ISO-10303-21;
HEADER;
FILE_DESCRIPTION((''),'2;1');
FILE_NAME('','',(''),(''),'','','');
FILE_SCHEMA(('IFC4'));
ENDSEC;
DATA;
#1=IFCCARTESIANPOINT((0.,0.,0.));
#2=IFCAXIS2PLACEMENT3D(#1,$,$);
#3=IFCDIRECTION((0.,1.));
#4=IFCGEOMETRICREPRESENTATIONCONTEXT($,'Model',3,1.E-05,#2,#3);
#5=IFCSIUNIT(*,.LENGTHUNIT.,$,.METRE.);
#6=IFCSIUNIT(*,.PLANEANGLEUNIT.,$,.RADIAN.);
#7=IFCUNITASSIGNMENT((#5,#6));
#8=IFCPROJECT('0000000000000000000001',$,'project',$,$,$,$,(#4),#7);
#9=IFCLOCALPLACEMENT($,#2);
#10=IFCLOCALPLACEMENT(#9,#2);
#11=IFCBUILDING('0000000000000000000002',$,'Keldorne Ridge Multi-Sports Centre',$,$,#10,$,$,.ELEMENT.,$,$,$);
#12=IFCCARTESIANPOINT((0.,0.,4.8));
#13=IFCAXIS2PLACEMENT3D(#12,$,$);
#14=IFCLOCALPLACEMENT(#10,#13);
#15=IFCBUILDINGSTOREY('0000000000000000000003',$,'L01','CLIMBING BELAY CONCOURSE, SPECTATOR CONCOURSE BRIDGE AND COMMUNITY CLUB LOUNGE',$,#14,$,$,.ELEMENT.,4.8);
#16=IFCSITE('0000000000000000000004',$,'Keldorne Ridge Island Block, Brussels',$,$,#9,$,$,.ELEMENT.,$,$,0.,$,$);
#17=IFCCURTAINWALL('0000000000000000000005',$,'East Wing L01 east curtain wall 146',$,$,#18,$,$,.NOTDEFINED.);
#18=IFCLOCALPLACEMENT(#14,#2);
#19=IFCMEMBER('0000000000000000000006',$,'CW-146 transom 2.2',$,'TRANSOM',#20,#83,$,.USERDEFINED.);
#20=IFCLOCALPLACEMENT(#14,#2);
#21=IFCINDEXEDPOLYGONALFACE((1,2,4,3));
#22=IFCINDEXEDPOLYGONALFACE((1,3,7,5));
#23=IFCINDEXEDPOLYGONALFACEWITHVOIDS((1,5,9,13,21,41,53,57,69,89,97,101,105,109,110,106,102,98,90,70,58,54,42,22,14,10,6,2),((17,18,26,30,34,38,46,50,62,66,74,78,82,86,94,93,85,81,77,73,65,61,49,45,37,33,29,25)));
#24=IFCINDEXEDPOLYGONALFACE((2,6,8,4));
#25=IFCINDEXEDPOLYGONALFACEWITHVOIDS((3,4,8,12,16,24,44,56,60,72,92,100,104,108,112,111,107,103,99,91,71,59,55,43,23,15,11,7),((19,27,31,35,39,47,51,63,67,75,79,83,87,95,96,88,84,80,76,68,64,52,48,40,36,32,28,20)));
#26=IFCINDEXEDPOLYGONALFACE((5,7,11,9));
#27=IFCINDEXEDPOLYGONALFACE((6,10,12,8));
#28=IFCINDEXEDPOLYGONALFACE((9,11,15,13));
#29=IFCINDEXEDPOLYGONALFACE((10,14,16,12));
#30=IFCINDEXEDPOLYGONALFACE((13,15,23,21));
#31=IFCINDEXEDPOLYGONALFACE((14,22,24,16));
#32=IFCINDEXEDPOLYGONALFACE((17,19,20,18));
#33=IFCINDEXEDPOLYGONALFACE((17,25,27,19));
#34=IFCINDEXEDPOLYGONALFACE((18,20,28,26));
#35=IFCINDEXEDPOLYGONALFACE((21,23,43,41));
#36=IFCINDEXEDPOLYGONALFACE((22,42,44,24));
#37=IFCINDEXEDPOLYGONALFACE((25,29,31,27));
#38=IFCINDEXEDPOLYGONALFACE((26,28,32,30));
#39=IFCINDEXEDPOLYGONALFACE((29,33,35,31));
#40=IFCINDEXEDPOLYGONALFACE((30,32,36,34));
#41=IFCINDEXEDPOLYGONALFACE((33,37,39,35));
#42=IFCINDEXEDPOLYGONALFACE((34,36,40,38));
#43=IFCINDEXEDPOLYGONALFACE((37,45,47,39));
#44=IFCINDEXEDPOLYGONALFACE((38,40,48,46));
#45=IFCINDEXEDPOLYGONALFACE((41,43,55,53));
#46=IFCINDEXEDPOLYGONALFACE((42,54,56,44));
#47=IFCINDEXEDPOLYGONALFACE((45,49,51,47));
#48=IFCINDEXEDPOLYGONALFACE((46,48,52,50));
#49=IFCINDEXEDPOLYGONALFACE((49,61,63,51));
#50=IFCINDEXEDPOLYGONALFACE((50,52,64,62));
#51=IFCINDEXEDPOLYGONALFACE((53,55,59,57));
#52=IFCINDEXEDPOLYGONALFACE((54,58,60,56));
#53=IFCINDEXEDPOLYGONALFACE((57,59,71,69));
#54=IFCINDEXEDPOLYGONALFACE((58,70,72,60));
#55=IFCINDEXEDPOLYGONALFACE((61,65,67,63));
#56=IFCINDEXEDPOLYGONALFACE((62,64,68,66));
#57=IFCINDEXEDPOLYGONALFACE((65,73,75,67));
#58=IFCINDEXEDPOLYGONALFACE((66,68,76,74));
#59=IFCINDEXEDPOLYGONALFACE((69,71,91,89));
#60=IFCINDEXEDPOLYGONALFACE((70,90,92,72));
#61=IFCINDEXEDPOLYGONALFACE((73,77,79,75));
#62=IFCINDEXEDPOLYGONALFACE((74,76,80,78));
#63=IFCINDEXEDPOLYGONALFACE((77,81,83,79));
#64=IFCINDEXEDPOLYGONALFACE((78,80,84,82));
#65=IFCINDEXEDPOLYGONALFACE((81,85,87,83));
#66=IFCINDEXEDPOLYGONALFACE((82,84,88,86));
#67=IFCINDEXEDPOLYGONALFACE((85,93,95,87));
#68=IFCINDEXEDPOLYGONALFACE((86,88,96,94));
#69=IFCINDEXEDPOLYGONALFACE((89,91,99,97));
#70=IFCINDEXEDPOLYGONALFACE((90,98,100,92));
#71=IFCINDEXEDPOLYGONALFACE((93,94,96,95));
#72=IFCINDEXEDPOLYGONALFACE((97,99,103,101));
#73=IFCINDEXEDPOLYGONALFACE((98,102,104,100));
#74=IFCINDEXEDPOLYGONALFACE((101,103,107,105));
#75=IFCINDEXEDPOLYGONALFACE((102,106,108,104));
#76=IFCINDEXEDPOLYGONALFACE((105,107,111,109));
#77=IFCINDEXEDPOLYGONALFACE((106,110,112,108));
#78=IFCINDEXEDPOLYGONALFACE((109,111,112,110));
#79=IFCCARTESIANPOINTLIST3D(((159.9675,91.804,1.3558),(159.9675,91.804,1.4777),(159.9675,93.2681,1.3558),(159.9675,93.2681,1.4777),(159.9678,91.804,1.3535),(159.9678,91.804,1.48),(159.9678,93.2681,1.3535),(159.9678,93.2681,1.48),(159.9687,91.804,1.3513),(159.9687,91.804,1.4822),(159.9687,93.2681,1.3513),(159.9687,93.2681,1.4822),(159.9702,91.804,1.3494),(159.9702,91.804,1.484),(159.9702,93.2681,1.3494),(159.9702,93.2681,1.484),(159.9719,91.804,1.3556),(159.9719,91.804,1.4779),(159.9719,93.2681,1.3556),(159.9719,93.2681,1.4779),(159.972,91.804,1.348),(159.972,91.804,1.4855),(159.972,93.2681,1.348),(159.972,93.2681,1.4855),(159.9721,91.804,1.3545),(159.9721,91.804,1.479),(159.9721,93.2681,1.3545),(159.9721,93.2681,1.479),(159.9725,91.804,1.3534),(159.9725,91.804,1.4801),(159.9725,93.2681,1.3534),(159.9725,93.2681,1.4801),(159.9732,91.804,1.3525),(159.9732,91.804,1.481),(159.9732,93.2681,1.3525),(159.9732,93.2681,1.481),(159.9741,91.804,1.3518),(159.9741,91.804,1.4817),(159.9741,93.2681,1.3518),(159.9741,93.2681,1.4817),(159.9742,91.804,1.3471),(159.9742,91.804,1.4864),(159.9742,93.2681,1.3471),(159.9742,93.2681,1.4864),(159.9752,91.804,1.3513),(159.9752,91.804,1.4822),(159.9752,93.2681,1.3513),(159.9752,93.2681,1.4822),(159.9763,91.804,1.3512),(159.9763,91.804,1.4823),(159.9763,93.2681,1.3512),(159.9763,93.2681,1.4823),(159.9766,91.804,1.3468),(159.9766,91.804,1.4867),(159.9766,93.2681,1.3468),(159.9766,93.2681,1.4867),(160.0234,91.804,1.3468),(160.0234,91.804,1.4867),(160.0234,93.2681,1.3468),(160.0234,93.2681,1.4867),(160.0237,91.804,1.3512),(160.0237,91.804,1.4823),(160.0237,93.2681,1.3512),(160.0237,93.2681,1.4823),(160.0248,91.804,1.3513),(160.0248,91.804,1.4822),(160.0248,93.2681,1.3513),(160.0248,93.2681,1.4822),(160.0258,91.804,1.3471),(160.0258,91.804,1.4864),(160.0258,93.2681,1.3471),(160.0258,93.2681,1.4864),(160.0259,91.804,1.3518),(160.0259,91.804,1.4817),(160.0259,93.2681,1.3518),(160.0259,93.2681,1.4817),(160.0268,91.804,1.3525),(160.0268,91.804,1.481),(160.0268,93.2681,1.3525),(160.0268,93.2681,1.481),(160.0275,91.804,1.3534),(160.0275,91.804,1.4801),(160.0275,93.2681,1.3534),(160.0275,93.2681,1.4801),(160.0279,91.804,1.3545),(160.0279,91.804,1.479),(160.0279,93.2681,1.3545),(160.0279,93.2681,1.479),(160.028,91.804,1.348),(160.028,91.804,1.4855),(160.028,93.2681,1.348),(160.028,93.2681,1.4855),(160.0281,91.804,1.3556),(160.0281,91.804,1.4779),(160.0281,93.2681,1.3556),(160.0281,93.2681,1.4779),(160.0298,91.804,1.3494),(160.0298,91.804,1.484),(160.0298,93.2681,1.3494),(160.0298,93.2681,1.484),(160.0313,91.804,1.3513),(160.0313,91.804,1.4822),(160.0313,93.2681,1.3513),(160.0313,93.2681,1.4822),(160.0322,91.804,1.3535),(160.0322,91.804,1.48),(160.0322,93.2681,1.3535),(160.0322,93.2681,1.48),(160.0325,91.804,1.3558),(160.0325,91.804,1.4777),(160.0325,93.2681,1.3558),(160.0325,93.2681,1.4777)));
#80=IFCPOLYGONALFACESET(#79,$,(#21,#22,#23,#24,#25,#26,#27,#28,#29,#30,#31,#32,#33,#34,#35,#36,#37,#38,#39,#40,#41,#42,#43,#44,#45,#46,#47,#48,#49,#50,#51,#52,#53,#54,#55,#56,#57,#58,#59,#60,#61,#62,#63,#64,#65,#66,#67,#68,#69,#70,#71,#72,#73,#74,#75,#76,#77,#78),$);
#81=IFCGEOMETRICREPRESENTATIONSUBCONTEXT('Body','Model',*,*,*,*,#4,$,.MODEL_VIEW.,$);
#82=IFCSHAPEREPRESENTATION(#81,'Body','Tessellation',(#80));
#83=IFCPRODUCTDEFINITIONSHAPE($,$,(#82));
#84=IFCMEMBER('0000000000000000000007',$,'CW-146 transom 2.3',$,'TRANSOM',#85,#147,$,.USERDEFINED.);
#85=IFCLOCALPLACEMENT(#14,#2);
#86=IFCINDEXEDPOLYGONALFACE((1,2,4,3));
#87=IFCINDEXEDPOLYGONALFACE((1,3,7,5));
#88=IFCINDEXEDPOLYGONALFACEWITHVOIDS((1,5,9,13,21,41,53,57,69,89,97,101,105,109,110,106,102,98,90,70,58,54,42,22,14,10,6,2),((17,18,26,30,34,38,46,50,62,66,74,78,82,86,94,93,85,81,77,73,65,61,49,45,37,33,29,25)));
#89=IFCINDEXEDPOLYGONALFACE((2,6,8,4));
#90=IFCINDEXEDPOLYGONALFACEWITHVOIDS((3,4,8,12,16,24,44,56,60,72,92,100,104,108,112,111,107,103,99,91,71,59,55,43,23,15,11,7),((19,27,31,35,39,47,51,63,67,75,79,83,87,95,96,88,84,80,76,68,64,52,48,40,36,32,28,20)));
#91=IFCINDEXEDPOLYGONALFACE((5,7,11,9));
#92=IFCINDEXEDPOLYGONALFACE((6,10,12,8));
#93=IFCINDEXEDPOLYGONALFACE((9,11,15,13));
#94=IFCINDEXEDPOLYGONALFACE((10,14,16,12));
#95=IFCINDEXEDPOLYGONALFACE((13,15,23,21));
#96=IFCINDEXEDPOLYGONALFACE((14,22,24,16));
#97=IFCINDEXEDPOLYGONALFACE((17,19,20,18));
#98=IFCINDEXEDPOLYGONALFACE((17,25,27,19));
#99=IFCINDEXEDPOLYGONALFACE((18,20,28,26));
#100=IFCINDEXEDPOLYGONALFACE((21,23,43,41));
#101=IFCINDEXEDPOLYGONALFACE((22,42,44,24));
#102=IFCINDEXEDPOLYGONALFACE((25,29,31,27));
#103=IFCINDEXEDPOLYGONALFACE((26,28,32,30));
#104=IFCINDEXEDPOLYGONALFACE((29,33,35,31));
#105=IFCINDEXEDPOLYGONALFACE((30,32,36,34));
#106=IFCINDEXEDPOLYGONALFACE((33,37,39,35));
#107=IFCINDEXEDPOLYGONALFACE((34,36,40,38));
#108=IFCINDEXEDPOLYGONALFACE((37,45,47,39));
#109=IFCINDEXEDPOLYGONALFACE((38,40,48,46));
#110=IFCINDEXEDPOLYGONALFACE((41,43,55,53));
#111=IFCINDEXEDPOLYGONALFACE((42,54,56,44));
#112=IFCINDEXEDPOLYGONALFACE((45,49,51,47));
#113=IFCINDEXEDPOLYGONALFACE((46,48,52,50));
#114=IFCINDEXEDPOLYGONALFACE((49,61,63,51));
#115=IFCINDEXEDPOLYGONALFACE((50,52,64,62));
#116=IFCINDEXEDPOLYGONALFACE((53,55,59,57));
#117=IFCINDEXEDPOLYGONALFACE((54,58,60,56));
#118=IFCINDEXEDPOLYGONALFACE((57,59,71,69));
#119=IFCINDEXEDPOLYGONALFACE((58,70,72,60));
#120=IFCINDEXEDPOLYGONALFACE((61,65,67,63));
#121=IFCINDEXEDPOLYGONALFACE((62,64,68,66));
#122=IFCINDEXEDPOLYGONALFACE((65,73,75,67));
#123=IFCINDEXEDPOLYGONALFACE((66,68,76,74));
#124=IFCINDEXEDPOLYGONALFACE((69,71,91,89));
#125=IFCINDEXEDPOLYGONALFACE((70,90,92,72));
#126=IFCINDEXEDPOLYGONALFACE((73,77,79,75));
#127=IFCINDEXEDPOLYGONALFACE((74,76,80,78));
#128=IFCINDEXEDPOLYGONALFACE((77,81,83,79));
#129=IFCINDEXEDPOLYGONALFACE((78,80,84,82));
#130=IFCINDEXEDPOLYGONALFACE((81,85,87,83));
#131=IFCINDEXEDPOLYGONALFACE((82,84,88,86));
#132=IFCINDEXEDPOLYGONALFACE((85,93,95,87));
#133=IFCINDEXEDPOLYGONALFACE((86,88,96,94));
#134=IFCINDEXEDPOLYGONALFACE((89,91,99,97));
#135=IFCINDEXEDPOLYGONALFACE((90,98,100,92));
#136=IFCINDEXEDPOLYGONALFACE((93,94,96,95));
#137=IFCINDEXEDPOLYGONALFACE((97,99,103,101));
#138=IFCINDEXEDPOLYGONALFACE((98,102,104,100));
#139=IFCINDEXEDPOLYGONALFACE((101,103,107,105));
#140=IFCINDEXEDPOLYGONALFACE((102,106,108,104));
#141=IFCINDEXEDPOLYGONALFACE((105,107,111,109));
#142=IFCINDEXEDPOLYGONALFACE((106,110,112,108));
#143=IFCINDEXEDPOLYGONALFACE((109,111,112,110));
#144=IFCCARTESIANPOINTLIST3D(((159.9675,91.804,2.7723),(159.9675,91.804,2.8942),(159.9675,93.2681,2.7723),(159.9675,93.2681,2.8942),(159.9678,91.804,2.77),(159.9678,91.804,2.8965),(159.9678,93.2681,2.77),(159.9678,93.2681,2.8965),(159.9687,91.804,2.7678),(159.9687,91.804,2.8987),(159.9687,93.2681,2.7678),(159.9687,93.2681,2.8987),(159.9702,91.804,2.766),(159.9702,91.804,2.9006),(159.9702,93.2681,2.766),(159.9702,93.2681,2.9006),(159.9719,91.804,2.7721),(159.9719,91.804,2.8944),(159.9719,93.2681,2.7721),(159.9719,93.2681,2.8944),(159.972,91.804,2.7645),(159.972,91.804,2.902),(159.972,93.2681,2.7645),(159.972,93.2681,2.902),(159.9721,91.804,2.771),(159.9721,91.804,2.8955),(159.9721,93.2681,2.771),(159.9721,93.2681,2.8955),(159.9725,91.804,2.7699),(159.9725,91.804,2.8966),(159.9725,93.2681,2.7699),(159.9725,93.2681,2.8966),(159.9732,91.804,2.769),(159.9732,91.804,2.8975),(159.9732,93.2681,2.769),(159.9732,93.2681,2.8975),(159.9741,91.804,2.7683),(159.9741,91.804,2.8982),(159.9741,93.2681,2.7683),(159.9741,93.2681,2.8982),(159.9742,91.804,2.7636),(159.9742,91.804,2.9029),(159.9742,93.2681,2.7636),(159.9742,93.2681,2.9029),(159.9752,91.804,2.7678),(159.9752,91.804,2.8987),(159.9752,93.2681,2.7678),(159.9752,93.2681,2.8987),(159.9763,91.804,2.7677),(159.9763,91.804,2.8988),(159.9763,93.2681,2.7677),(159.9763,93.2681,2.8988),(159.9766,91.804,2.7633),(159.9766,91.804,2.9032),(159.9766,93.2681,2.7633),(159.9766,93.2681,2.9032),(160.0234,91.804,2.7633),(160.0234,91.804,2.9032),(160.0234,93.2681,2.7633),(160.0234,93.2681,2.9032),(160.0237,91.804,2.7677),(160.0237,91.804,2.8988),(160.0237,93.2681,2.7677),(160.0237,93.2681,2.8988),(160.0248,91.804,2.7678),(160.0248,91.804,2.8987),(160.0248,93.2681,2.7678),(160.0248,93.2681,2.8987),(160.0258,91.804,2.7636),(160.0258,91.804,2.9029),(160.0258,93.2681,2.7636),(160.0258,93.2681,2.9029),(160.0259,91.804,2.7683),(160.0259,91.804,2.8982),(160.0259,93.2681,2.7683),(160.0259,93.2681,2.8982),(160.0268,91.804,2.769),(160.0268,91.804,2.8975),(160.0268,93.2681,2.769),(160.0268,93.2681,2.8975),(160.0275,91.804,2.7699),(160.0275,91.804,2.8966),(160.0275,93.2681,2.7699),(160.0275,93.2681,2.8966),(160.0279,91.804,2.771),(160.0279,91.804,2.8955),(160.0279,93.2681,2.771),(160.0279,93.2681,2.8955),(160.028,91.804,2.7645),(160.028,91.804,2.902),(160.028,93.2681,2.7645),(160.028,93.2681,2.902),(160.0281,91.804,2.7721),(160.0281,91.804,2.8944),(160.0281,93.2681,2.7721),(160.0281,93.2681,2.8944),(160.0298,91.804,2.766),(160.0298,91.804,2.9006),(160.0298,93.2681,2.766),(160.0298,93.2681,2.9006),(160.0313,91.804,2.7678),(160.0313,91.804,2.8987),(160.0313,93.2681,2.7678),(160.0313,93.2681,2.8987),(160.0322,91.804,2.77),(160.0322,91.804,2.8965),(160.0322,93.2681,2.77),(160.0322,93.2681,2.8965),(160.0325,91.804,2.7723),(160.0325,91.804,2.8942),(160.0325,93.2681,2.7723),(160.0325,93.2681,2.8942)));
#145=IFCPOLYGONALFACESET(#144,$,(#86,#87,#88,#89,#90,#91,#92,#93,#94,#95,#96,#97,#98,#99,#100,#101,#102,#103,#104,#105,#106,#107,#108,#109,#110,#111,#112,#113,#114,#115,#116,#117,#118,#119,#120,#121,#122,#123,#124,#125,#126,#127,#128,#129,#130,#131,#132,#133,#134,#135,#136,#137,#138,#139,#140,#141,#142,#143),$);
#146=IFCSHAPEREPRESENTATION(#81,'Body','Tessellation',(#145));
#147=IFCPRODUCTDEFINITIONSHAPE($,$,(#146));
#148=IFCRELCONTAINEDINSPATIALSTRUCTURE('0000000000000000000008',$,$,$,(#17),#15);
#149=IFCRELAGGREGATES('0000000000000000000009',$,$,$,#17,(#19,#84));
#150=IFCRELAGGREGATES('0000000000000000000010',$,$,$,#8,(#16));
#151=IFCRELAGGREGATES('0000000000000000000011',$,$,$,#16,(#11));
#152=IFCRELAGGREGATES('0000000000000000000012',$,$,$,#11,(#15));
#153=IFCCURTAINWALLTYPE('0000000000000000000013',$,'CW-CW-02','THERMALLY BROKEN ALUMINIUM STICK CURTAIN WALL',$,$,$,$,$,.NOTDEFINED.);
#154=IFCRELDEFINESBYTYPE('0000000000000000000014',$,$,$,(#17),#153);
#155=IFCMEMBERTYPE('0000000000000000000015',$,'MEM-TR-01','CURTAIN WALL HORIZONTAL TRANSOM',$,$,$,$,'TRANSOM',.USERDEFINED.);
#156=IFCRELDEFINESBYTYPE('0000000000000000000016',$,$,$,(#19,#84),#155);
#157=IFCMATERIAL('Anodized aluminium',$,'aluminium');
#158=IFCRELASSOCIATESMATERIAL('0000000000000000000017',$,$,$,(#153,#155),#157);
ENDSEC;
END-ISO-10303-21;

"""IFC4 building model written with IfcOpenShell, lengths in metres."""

from ifc_helpers import new_model, si_unit, direction, frame, origin, origin_2d, place, context, subcontext, project, spatial, hollow_rectangle, extrude, material, material_profile, profile_set, type_object, element, aggregate, save


model = new_model("IFC4")

# Units and contexts
model_context = context("Model", 3, precision=1e-05, world=origin(), true_north=direction((0.0, 1.0)))
body_context = subcontext(model_context, "Body", "Model", "MODEL_VIEW")
ifc_project = project(units=[si_unit("LENGTHUNIT", "METRE"), si_unit("PLANEANGLEUNIT", "RADIAN")], contexts=[model_context])

# Site, building, storey
site_placement = place(None, origin())
site = spatial("IfcSite", under=ifc_project, at=site_placement, Name="Keldorne Ridge Island Block, Brussels", CompositionType="ELEMENT", RefElevation=0.0)
building_placement = place(site_placement, origin())
building = spatial("IfcBuilding", under=site, at=building_placement, Name="Keldorne Ridge Multi-Sports Centre", CompositionType="ELEMENT")
storey_placement = place(building_placement, frame((0.0, 0.0, 4.8)))
storey = spatial("IfcBuildingStorey", under=building, at=storey_placement, Name="L01", Description="CLIMBING BELAY CONCOURSE, SPECTATOR CONCOURSE BRIDGE AND COMMUNITY CLUB LOUNGE", CompositionType="ELEMENT", Elevation=4.8)

# Curtain wall, members
ifc_material_1 = material(Name="Anodized aluminium", Category="aluminium")
curtain_wall_type = type_object("IfcCurtainWallType", Name="CW-CW-02", Description="THERMALLY BROKEN ALUMINIUM STICK CURTAIN WALL", PredefinedType="NOTDEFINED", material=ifc_material_1)
curtain_wall_placement = place(storey_placement, origin())
curtain_wall = element("IfcCurtainWall", 1, at=curtain_wall_placement, inside=storey, type_object=curtain_wall_type, Name="East Wing L01 east curtain wall 146", PredefinedType="NOTDEFINED")
ifc_material_profile_1 = material_profile(ifc_material_1, hollow_rectangle(XDim=0.0649, YDim=0.1399, WallThickness=0.0044, InnerFilletRadius=0.0044, OuterFilletRadius=0.009, at=origin_2d()), Name="ALU TRANSOM 140x65x4.5")
ifc_profile_set_1 = profile_set([ifc_material_profile_1], Name="Anodized aluminium")
member_type_1 = type_object("IfcMemberType", Name="MEM-TR-01", Description="CURTAIN WALL HORIZONTAL TRANSOM", ElementType="TRANSOM", PredefinedType="USERDEFINED", material=ifc_profile_set_1)
member_1_placement = place(storey_placement, frame((160.0, 91.804, 1.4167), z_axis=(0.0, 1.0, 0.0), x_axis=(-1.0, 0.0, 0.0)))
member_1 = element("IfcMember", 2, at=member_1_placement, type_object=member_type_1, Name="CW-146 transom 2.2", ObjectType="TRANSOM", PredefinedType="USERDEFINED", context=body_context, shape_type="SweptSolid", body=[
    extrude(hollow_rectangle(XDim=0.0649, YDim=0.1399, WallThickness=0.0044, InnerFilletRadius=0.0044, OuterFilletRadius=0.009, at=origin_2d()), origin(), (0.0, 0.0, 1.0), 1.4641),
])
member_2_placement = place(storey_placement, frame((160.0, 91.804, 2.8333), z_axis=(0.0, 1.0, 0.0), x_axis=(-1.0, 0.0, 0.0)))
member_2 = element("IfcMember", 3, at=member_2_placement, type_object=member_type_1, Name="CW-146 transom 2.3", ObjectType="TRANSOM", PredefinedType="USERDEFINED", context=body_context, shape_type="SweptSolid", body=[
    extrude(hollow_rectangle(XDim=0.0649, YDim=0.1399, WallThickness=0.0044, InnerFilletRadius=0.0044, OuterFilletRadius=0.009, at=origin_2d()), origin(), (0.0, 0.0, 1.0), 1.4641),
])
aggregate(curtain_wall, [member_1, member_2])

save(model, "model.ifc")
